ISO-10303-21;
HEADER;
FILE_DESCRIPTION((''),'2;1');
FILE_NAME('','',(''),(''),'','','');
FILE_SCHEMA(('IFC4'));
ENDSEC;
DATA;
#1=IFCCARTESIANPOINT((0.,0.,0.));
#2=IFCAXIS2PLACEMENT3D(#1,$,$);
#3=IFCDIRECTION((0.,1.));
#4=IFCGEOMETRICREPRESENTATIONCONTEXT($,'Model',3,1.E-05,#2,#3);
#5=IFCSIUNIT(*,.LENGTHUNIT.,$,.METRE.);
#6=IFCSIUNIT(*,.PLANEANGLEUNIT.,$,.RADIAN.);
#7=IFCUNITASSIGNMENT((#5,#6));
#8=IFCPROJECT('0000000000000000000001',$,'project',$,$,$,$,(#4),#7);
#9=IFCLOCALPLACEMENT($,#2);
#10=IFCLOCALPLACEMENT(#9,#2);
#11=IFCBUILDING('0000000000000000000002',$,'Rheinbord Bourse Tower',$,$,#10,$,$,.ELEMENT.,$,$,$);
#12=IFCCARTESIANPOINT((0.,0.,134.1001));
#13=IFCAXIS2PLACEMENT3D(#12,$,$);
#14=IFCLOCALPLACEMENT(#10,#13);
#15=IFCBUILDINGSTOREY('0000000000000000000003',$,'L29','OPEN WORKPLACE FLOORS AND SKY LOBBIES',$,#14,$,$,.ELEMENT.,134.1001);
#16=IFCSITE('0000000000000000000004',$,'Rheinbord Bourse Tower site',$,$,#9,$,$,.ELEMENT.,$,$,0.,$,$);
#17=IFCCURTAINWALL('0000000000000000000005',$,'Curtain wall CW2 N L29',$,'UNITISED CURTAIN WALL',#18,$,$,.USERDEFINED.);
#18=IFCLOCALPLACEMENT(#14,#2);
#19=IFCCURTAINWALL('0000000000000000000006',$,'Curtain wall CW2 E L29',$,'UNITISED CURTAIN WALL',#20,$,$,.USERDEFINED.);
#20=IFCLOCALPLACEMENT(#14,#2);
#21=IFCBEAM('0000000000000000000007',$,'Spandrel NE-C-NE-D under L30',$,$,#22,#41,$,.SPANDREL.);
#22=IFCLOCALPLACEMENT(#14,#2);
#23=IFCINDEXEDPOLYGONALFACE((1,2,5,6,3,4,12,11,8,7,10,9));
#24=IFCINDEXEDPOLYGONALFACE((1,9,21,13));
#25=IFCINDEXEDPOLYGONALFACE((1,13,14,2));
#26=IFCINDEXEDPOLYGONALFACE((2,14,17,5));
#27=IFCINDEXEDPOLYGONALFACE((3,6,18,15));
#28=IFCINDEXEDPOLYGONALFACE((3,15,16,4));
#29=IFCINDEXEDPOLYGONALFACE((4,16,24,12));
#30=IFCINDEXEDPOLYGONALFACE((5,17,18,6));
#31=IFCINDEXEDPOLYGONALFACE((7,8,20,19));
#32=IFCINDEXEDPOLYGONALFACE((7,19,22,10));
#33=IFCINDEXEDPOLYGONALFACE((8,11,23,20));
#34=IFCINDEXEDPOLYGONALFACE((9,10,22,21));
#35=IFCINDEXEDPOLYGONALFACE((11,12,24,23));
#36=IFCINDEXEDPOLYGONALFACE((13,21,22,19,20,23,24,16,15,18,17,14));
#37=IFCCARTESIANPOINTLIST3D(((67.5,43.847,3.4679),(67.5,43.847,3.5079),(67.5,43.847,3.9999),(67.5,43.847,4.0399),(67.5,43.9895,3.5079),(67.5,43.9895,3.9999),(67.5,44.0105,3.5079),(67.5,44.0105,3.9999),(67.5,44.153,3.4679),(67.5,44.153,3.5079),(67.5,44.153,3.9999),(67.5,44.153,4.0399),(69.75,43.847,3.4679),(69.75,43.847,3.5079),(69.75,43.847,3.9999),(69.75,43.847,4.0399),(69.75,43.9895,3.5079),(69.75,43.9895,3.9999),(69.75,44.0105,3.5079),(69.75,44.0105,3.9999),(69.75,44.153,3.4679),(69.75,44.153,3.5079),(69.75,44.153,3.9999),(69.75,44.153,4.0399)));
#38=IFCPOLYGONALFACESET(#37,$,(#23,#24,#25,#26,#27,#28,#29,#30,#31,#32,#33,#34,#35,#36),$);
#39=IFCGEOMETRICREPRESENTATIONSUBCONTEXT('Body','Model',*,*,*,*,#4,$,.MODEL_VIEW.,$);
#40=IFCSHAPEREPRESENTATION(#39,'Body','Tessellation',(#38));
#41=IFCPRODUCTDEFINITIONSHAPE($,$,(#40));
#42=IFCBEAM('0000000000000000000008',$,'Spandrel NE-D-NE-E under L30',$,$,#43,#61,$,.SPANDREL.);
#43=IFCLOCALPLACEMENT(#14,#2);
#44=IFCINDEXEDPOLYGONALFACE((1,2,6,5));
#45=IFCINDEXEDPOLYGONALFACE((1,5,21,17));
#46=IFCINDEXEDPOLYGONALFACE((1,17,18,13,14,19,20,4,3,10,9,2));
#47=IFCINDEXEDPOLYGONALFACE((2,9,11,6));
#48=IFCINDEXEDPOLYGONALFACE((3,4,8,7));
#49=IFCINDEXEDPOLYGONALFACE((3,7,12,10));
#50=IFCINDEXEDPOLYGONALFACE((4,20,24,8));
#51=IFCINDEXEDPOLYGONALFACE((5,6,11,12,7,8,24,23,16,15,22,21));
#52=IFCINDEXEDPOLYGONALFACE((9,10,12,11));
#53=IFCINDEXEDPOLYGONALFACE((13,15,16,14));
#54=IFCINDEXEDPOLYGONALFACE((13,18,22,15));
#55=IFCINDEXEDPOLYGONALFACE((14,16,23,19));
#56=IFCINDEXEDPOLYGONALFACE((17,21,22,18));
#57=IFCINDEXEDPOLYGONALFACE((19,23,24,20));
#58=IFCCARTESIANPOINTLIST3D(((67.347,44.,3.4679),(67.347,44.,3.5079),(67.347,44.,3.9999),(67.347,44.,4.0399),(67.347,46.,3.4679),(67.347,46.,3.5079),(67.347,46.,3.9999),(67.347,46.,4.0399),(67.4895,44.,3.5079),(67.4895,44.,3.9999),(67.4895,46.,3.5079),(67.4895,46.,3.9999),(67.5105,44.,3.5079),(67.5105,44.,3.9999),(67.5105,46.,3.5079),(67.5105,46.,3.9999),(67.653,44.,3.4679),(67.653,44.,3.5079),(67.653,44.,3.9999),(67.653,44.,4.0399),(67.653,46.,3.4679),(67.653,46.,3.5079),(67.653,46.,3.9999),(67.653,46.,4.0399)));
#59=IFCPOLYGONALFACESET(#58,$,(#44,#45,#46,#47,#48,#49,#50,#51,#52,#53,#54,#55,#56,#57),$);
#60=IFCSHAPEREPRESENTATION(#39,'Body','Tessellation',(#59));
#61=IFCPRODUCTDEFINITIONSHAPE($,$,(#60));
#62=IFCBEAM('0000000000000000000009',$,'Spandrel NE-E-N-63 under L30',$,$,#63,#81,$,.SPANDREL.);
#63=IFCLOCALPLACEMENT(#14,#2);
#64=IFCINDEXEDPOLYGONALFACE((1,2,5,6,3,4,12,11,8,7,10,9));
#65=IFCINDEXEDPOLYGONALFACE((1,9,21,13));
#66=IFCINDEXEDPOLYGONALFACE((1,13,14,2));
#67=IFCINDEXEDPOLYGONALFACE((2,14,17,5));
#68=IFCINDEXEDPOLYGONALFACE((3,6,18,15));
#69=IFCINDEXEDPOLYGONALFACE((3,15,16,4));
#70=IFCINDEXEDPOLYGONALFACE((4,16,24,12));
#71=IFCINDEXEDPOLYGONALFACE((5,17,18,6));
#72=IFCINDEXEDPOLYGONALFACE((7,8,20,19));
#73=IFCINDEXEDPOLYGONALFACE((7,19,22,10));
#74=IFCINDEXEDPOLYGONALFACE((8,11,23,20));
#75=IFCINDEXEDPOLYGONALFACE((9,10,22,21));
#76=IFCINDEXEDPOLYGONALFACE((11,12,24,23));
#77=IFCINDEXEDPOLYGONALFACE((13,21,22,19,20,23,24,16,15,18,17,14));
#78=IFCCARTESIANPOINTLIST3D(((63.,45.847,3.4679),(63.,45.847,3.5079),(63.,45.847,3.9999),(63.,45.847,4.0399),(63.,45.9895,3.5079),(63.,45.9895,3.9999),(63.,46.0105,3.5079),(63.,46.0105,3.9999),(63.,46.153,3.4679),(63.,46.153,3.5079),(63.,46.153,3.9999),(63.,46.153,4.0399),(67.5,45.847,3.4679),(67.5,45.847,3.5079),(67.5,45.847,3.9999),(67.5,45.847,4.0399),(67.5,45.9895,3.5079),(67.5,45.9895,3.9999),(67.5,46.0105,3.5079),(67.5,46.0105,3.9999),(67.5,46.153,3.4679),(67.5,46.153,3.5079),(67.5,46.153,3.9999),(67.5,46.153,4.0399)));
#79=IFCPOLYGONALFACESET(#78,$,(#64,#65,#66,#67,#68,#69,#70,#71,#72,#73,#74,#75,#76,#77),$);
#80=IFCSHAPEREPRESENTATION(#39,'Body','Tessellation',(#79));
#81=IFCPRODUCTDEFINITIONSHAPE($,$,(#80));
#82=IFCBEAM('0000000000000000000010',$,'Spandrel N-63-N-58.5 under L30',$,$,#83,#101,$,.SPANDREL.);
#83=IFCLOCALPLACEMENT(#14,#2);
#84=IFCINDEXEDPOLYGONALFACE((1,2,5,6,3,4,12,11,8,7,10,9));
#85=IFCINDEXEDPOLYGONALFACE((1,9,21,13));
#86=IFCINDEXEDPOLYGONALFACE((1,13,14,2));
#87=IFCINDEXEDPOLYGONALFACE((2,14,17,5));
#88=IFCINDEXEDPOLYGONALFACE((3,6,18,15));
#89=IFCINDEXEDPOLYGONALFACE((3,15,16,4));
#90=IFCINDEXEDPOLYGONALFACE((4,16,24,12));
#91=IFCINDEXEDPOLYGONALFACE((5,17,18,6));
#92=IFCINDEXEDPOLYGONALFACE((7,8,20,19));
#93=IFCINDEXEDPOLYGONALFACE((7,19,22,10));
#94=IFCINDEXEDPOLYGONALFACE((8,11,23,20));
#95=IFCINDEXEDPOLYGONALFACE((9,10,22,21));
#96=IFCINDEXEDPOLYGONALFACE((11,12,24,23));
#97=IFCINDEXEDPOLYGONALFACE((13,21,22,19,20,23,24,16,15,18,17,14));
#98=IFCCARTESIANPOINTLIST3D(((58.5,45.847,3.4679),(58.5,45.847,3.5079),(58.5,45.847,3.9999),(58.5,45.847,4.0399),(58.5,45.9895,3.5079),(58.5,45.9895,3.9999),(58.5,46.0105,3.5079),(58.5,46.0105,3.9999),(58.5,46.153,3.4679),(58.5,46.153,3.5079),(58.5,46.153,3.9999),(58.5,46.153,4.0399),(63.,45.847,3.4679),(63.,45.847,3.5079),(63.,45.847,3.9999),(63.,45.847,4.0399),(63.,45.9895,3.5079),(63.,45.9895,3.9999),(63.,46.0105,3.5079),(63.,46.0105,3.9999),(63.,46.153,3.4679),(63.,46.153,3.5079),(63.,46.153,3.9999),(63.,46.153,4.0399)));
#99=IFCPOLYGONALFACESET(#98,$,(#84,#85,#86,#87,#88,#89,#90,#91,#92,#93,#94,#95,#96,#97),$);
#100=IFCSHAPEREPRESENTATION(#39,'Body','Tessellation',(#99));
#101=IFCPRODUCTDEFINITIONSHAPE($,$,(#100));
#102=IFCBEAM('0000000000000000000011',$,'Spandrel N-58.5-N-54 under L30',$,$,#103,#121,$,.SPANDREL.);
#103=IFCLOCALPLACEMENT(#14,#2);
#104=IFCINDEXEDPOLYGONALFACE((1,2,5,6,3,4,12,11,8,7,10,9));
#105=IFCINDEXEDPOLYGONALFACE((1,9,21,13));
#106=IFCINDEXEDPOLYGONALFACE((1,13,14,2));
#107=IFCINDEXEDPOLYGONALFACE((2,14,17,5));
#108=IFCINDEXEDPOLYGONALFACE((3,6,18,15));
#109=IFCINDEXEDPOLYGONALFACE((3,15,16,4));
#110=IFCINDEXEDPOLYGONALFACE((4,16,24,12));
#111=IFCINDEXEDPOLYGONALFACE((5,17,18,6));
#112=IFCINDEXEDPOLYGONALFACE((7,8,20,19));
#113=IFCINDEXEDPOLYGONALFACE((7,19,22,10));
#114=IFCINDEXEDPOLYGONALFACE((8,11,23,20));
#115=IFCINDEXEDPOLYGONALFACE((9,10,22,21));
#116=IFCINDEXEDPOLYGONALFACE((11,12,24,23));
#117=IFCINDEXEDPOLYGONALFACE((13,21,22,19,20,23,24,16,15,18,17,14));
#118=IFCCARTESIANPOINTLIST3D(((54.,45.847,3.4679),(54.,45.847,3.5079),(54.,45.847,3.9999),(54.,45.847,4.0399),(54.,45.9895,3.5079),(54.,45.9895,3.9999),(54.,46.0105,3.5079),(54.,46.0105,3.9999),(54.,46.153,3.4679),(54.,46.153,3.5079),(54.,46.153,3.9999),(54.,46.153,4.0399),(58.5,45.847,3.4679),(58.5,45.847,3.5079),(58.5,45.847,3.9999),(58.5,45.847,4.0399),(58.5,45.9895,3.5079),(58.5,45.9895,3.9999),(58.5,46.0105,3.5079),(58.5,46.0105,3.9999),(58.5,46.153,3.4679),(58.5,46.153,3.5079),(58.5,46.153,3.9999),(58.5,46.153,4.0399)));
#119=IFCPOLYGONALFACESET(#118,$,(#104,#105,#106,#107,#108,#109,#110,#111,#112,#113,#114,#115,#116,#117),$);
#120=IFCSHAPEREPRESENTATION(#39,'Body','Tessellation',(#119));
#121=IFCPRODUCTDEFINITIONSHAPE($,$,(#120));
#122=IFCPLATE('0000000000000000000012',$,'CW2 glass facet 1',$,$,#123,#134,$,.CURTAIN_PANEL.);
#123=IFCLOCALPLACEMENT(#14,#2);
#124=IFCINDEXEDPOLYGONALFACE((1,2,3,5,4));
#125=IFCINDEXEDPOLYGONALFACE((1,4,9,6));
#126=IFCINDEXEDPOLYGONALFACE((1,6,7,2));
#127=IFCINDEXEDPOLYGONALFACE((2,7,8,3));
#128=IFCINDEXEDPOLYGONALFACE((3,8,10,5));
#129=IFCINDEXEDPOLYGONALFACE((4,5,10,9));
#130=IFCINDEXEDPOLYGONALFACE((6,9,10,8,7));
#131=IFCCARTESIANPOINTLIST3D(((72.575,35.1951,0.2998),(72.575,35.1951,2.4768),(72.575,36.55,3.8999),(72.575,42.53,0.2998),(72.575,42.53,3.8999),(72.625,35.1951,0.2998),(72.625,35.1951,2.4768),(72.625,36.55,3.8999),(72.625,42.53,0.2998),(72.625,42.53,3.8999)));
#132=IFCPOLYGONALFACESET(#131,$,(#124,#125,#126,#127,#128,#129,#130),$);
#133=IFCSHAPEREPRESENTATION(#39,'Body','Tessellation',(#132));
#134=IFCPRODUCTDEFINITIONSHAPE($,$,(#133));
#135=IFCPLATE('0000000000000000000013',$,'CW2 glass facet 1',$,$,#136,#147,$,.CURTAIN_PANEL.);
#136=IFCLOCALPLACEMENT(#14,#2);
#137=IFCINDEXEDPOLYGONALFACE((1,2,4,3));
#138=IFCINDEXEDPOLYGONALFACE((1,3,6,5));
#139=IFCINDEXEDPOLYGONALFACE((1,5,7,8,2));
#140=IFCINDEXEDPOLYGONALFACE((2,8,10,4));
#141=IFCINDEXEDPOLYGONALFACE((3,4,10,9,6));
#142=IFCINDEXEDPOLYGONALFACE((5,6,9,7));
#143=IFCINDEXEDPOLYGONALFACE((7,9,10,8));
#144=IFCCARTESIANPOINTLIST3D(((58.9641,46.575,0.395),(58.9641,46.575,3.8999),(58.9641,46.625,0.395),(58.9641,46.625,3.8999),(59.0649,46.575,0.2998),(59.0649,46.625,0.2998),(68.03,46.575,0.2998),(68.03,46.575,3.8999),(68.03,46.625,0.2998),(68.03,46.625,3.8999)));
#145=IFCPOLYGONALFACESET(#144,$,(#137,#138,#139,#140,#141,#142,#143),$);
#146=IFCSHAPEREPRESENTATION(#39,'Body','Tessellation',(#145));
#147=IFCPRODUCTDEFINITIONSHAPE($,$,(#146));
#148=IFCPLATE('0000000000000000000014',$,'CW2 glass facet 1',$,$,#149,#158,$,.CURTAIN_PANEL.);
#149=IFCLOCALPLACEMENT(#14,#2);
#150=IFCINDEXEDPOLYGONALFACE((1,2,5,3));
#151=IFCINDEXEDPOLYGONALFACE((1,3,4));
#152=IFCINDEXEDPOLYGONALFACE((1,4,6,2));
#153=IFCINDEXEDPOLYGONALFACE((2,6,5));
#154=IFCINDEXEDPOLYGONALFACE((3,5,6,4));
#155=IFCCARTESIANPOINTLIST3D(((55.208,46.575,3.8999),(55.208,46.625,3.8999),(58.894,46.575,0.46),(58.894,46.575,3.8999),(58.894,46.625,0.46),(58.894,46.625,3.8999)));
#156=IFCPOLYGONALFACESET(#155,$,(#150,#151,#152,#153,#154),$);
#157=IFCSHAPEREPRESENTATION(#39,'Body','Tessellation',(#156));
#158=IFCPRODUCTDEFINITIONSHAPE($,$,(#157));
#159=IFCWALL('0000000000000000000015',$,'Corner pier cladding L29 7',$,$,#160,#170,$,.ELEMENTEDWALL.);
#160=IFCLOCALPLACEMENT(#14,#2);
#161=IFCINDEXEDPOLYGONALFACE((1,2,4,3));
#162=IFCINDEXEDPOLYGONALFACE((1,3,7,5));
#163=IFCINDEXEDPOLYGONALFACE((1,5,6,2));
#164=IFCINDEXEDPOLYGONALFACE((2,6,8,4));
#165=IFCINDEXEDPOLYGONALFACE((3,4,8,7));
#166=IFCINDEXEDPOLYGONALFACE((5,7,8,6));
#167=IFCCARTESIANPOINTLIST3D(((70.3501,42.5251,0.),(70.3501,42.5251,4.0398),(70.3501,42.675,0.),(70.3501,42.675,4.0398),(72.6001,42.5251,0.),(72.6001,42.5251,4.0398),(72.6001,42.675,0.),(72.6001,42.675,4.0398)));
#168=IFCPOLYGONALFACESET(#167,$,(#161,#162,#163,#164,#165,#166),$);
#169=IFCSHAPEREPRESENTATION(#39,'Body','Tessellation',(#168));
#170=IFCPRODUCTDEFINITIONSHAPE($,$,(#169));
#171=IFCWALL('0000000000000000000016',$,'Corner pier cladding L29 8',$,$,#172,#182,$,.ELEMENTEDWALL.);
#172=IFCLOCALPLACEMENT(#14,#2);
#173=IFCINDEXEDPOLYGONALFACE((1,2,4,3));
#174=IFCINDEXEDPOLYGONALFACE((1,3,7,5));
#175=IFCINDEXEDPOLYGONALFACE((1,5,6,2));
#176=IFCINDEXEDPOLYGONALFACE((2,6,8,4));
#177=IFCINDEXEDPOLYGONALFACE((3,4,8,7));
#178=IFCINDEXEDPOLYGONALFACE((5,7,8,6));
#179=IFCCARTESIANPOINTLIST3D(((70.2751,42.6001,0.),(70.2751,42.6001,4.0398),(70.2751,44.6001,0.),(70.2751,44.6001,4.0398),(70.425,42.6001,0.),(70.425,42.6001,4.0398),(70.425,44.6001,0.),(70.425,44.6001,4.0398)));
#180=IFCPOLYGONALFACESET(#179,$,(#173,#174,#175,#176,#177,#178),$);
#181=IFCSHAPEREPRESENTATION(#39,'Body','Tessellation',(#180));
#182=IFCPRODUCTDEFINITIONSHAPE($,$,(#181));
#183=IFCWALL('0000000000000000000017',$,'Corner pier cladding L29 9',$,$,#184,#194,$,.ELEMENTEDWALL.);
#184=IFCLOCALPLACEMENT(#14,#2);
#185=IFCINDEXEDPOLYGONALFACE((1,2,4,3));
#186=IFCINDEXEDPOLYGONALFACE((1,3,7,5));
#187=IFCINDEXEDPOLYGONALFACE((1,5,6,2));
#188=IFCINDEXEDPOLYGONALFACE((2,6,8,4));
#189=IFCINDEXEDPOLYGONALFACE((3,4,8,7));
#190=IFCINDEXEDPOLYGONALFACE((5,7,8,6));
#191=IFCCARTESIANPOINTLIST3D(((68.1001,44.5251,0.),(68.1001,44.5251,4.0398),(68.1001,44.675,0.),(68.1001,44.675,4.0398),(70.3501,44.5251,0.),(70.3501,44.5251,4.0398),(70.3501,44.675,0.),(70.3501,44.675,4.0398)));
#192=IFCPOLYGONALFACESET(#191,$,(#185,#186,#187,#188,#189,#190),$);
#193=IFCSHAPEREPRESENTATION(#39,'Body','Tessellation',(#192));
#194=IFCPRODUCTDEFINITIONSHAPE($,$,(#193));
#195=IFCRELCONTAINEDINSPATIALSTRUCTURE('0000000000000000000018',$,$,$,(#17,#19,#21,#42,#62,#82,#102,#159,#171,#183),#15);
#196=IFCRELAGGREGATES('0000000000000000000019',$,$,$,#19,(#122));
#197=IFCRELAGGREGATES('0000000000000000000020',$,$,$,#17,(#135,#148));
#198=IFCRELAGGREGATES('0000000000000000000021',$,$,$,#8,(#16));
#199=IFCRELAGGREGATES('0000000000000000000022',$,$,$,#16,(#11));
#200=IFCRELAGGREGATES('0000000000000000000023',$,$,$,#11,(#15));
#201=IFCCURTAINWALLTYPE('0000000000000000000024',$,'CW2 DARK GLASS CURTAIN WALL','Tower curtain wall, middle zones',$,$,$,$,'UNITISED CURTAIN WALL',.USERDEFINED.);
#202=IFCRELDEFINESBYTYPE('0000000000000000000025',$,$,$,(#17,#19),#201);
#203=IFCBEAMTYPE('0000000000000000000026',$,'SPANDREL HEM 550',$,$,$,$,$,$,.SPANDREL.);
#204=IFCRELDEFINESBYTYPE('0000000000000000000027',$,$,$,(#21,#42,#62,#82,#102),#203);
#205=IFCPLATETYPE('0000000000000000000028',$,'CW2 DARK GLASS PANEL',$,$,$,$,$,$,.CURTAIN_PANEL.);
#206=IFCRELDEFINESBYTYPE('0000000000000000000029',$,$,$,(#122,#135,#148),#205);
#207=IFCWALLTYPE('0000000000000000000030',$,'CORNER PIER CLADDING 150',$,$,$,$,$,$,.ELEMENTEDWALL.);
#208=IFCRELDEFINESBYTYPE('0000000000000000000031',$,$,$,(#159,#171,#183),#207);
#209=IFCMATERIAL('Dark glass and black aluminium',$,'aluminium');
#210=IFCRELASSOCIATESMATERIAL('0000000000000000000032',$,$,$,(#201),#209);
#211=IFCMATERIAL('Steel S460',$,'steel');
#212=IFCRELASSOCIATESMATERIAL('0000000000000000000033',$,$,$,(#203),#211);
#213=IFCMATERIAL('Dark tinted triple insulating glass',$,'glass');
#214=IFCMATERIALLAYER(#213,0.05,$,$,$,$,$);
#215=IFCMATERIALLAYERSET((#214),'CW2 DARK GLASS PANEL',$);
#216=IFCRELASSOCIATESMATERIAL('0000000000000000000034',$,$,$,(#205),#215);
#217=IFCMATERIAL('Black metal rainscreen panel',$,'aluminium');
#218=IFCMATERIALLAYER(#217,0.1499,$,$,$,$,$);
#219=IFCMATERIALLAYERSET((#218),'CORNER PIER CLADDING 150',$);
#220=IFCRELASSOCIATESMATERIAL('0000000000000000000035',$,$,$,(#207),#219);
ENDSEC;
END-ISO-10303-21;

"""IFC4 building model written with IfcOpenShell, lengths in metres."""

from ifc_helpers import new_model, si_unit, direction, frame, frame_2d, origin, origin_2d, place, context, subcontext, project, spatial, polyline, rectangle, i_section, outline, extrude, material, layer, layer_set, material_profile, profile_set, type_object, element, aggregate, save


model = new_model("IFC4")

# Units and contexts
model_context = context("Model", 3, precision=1e-05, world=origin(), true_north=direction((0.0, 1.0)))
body_context = subcontext(model_context, "Body", "Model", "MODEL_VIEW")
ifc_project = project(units=[si_unit("LENGTHUNIT", "METRE"), si_unit("PLANEANGLEUNIT", "RADIAN")], contexts=[model_context])

# Site, building, storey
site_placement = place(None, origin())
site = spatial("IfcSite", under=ifc_project, at=site_placement, Name="Rheinbord Bourse Tower site", CompositionType="ELEMENT", RefElevation=0.0)
building_placement = place(site_placement, origin())
building = spatial("IfcBuilding", under=site, at=building_placement, Name="Rheinbord Bourse Tower", CompositionType="ELEMENT")
storey_placement = place(building_placement, frame((0.0, 0.0, 134.1001)))
storey = spatial("IfcBuildingStorey", under=building, at=storey_placement, Name="L29", Description="OPEN WORKPLACE FLOORS AND SKY LOBBIES", CompositionType="ELEMENT", Elevation=134.1001)

# Curtain walls
ifc_material_1 = material(Name="Dark glass and black aluminium", Category="aluminium")
curtain_wall_type = type_object("IfcCurtainWallType", Name="CW2 DARK GLASS CURTAIN WALL", Description="Tower curtain wall, middle zones", ElementType="UNITISED CURTAIN WALL", PredefinedType="USERDEFINED", material=ifc_material_1)
curtain_wall_1_placement = place(storey_placement, origin())
curtain_wall_1 = element("IfcCurtainWall", 1, at=curtain_wall_1_placement, inside=storey, type_object=curtain_wall_type, Name="Curtain wall CW2 N L29", ObjectType="UNITISED CURTAIN WALL", PredefinedType="USERDEFINED")
curtain_wall_2_placement = place(storey_placement, origin())
curtain_wall_2 = element("IfcCurtainWall", 2, at=curtain_wall_2_placement, inside=storey, type_object=curtain_wall_type, Name="Curtain wall CW2 E L29", ObjectType="UNITISED CURTAIN WALL", PredefinedType="USERDEFINED")

# Beams
ifc_material_2 = material(Name="Steel S460", Category="steel")
ifc_material_profile_1 = material_profile(ifc_material_2, i_section(OverallWidth=0.3059, OverallDepth=0.572, WebThickness=0.021, FlangeThickness=0.04, at=origin_2d()), Name="HEM 550")
ifc_profile_set_1 = profile_set([ifc_material_profile_1], Name="Steel S460")
beam_type_1 = type_object("IfcBeamType", Name="SPANDREL HEM 550", PredefinedType="SPANDREL", material=ifc_profile_set_1)
for number, where, z_axis, x_axis, name in (
    (3, (69.75, 44.0, 3.7539), (-1.0, 0.0, 0.0), (0.0, -1.0, 0.0), "Spandrel NE-C-NE-D under L30"),
):
    element("IfcBeam", number, at=place(storey_placement, frame(where, z_axis=z_axis, x_axis=x_axis)), inside=storey, type_object=beam_type_1, Name=name, PredefinedType="SPANDREL", context=body_context, shape_type="SweptSolid", body=[
        extrude(i_section(OverallWidth=0.3059, OverallDepth=0.572, WebThickness=0.021, FlangeThickness=0.04, at=origin_2d()), origin(), (0.0, 0.0, 1.0), 2.25),
    ])
beam_placement = place(storey_placement, frame((67.5, 44.0, 3.7539), z_axis=(0.0, 1.0, 0.0), x_axis=(-1.0, 0.0, 0.0)))
element("IfcBeam", 4, at=beam_placement, inside=storey, type_object=beam_type_1, Name="Spandrel NE-D-NE-E under L30", PredefinedType="SPANDREL", context=body_context, shape_type="SweptSolid", body=[
    extrude(i_section(OverallWidth=0.3059, OverallDepth=0.572, WebThickness=0.021, FlangeThickness=0.04, at=origin_2d()), origin(), (0.0, 0.0, 1.0), 2.0),
])
for number, where, z_axis, x_axis, name in (
    (5, (67.5, 46.0, 3.7539), (-1.0, 0.0, 0.0), (0.0, -1.0, 0.0), "Spandrel NE-E-N-63 under L30"),
    (6, (63.0, 46.0, 3.7539), (-1.0, 0.0, 0.0), (0.0, -1.0, 0.0), "Spandrel N-63-N-58.5 under L30"),
    (7, (58.5, 46.0, 3.7539), (-1.0, 0.0, 0.0), (0.0, -1.0, 0.0), "Spandrel N-58.5-N-54 under L30"),
):
    element("IfcBeam", number, at=place(storey_placement, frame(where, z_axis=z_axis, x_axis=x_axis)), inside=storey, type_object=beam_type_1, Name=name, PredefinedType="SPANDREL", context=body_context, shape_type="SweptSolid", body=[
        extrude(i_section(OverallWidth=0.3059, OverallDepth=0.572, WebThickness=0.021, FlangeThickness=0.04, at=origin_2d()), origin(), (0.0, 0.0, 1.0), 4.5),
    ])

# Plates
ifc_material_3 = material(Name="Dark tinted triple insulating glass", Category="glass")
ifc_layer_1 = layer(ifc_material_3, 0.05)
ifc_layer_set_1 = layer_set([ifc_layer_1], Name="CW2 DARK GLASS PANEL")
plate_type = type_object("IfcPlateType", Name="CW2 DARK GLASS PANEL", PredefinedType="CURTAIN_PANEL", material=ifc_layer_set_1)
plate_1_placement = place(storey_placement, frame((72.625, 42.53, 3.8999), z_axis=(-1.0, 0.0, 0.0), x_axis=(0.0, 0.0, -1.0)))
plate_1 = element("IfcPlate", 8, at=plate_1_placement, type_object=plate_type, Name="CW2 glass facet 1", PredefinedType="CURTAIN_PANEL", context=body_context, shape_type="SweptSolid", body=[
    extrude(outline(polyline([(0.0, 0.0), (3.6001, 0.0), (3.6001, 7.335), (1.4231, 7.335), (0.0, 5.98), (0.0, 0.0)])), origin(), (0.0, 0.0, 1.0), 0.05),
])
aggregate(curtain_wall_2, [plate_1])
plate_2_placement = place(storey_placement, frame((68.03, 46.625, 0.2998), z_axis=(0.0, -1.0, 0.0), x_axis=(0.0, 0.0, 1.0)))
plate_2 = element("IfcPlate", 9, at=plate_2_placement, type_object=plate_type, Name="CW2 glass facet 1", PredefinedType="CURTAIN_PANEL", context=body_context, shape_type="SweptSolid", body=[
    extrude(outline(polyline([(0.0, 0.0), (3.6001, 0.0), (3.6001, 9.0659), (0.0952, 9.0659), (0.0, 8.9651), (0.0, 0.0)])), origin(), (0.0, 0.0, 1.0), 0.05),
])
plate_3_placement = place(storey_placement, frame((58.894, 46.625, 3.8999), z_axis=(0.0, -1.0, 0.0), x_axis=(-1.0, 0.0, 0.0)))
plate_3 = element("IfcPlate", 10, at=plate_3_placement, type_object=plate_type, Name="CW2 glass facet 1", PredefinedType="CURTAIN_PANEL", context=body_context, shape_type="SweptSolid", body=[
    extrude(outline(polyline([(0.0, 0.0), (3.686, 0.0), (0.0, 3.4399), (0.0, 0.0)])), origin(), (0.0, 0.0, 1.0), 0.05),
])
aggregate(curtain_wall_1, [plate_2, plate_3])

# Walls
ifc_material_4 = material(Name="Black metal rainscreen panel", Category="aluminium")
ifc_layer_2 = layer(ifc_material_4, 0.1499)
ifc_layer_set_2 = layer_set([ifc_layer_2], Name="CORNER PIER CLADDING 150")
wall_type = type_object("IfcWallType", Name="CORNER PIER CLADDING 150", PredefinedType="ELEMENTEDWALL", material=ifc_layer_set_2)
wall_1_placement = place(storey_placement, frame((72.6001, 42.6001, 0.0), z_axis=(0.0, 0.0, 1.0), x_axis=(-1.0, 0.0, 0.0)))
element("IfcWall", 11, at=wall_1_placement, inside=storey, type_object=wall_type, Name="Corner pier cladding L29 7", PredefinedType="ELEMENTEDWALL", context=body_context, shape_type="SweptSolid", body=[
    extrude(rectangle(XDim=2.25, YDim=0.1499, at=frame_2d((1.125, 0.0))), origin(), (0.0, 0.0, 1.0), 4.0398),
])
wall_2_placement = place(storey_placement, frame((70.3501, 42.6001, 0.0), z_axis=(0.0, 0.0, 1.0), x_axis=(0.0, 1.0, 0.0)))
element("IfcWall", 12, at=wall_2_placement, inside=storey, type_object=wall_type, Name="Corner pier cladding L29 8", PredefinedType="ELEMENTEDWALL", context=body_context, shape_type="SweptSolid", body=[
    extrude(rectangle(XDim=2.0, YDim=0.1499, at=frame_2d((1.0, 0.0))), origin(), (0.0, 0.0, 1.0), 4.0398),
])
wall_3_placement = place(storey_placement, frame((70.3501, 44.6001, 0.0), z_axis=(0.0, 0.0, 1.0), x_axis=(-1.0, 0.0, 0.0)))
element("IfcWall", 13, at=wall_3_placement, inside=storey, type_object=wall_type, Name="Corner pier cladding L29 9", PredefinedType="ELEMENTEDWALL", context=body_context, shape_type="SweptSolid", body=[
    extrude(rectangle(XDim=2.25, YDim=0.1499, at=frame_2d((1.125, 0.0))), origin(), (0.0, 0.0, 1.0), 4.0398),
])

save(model, "model.ifc")
